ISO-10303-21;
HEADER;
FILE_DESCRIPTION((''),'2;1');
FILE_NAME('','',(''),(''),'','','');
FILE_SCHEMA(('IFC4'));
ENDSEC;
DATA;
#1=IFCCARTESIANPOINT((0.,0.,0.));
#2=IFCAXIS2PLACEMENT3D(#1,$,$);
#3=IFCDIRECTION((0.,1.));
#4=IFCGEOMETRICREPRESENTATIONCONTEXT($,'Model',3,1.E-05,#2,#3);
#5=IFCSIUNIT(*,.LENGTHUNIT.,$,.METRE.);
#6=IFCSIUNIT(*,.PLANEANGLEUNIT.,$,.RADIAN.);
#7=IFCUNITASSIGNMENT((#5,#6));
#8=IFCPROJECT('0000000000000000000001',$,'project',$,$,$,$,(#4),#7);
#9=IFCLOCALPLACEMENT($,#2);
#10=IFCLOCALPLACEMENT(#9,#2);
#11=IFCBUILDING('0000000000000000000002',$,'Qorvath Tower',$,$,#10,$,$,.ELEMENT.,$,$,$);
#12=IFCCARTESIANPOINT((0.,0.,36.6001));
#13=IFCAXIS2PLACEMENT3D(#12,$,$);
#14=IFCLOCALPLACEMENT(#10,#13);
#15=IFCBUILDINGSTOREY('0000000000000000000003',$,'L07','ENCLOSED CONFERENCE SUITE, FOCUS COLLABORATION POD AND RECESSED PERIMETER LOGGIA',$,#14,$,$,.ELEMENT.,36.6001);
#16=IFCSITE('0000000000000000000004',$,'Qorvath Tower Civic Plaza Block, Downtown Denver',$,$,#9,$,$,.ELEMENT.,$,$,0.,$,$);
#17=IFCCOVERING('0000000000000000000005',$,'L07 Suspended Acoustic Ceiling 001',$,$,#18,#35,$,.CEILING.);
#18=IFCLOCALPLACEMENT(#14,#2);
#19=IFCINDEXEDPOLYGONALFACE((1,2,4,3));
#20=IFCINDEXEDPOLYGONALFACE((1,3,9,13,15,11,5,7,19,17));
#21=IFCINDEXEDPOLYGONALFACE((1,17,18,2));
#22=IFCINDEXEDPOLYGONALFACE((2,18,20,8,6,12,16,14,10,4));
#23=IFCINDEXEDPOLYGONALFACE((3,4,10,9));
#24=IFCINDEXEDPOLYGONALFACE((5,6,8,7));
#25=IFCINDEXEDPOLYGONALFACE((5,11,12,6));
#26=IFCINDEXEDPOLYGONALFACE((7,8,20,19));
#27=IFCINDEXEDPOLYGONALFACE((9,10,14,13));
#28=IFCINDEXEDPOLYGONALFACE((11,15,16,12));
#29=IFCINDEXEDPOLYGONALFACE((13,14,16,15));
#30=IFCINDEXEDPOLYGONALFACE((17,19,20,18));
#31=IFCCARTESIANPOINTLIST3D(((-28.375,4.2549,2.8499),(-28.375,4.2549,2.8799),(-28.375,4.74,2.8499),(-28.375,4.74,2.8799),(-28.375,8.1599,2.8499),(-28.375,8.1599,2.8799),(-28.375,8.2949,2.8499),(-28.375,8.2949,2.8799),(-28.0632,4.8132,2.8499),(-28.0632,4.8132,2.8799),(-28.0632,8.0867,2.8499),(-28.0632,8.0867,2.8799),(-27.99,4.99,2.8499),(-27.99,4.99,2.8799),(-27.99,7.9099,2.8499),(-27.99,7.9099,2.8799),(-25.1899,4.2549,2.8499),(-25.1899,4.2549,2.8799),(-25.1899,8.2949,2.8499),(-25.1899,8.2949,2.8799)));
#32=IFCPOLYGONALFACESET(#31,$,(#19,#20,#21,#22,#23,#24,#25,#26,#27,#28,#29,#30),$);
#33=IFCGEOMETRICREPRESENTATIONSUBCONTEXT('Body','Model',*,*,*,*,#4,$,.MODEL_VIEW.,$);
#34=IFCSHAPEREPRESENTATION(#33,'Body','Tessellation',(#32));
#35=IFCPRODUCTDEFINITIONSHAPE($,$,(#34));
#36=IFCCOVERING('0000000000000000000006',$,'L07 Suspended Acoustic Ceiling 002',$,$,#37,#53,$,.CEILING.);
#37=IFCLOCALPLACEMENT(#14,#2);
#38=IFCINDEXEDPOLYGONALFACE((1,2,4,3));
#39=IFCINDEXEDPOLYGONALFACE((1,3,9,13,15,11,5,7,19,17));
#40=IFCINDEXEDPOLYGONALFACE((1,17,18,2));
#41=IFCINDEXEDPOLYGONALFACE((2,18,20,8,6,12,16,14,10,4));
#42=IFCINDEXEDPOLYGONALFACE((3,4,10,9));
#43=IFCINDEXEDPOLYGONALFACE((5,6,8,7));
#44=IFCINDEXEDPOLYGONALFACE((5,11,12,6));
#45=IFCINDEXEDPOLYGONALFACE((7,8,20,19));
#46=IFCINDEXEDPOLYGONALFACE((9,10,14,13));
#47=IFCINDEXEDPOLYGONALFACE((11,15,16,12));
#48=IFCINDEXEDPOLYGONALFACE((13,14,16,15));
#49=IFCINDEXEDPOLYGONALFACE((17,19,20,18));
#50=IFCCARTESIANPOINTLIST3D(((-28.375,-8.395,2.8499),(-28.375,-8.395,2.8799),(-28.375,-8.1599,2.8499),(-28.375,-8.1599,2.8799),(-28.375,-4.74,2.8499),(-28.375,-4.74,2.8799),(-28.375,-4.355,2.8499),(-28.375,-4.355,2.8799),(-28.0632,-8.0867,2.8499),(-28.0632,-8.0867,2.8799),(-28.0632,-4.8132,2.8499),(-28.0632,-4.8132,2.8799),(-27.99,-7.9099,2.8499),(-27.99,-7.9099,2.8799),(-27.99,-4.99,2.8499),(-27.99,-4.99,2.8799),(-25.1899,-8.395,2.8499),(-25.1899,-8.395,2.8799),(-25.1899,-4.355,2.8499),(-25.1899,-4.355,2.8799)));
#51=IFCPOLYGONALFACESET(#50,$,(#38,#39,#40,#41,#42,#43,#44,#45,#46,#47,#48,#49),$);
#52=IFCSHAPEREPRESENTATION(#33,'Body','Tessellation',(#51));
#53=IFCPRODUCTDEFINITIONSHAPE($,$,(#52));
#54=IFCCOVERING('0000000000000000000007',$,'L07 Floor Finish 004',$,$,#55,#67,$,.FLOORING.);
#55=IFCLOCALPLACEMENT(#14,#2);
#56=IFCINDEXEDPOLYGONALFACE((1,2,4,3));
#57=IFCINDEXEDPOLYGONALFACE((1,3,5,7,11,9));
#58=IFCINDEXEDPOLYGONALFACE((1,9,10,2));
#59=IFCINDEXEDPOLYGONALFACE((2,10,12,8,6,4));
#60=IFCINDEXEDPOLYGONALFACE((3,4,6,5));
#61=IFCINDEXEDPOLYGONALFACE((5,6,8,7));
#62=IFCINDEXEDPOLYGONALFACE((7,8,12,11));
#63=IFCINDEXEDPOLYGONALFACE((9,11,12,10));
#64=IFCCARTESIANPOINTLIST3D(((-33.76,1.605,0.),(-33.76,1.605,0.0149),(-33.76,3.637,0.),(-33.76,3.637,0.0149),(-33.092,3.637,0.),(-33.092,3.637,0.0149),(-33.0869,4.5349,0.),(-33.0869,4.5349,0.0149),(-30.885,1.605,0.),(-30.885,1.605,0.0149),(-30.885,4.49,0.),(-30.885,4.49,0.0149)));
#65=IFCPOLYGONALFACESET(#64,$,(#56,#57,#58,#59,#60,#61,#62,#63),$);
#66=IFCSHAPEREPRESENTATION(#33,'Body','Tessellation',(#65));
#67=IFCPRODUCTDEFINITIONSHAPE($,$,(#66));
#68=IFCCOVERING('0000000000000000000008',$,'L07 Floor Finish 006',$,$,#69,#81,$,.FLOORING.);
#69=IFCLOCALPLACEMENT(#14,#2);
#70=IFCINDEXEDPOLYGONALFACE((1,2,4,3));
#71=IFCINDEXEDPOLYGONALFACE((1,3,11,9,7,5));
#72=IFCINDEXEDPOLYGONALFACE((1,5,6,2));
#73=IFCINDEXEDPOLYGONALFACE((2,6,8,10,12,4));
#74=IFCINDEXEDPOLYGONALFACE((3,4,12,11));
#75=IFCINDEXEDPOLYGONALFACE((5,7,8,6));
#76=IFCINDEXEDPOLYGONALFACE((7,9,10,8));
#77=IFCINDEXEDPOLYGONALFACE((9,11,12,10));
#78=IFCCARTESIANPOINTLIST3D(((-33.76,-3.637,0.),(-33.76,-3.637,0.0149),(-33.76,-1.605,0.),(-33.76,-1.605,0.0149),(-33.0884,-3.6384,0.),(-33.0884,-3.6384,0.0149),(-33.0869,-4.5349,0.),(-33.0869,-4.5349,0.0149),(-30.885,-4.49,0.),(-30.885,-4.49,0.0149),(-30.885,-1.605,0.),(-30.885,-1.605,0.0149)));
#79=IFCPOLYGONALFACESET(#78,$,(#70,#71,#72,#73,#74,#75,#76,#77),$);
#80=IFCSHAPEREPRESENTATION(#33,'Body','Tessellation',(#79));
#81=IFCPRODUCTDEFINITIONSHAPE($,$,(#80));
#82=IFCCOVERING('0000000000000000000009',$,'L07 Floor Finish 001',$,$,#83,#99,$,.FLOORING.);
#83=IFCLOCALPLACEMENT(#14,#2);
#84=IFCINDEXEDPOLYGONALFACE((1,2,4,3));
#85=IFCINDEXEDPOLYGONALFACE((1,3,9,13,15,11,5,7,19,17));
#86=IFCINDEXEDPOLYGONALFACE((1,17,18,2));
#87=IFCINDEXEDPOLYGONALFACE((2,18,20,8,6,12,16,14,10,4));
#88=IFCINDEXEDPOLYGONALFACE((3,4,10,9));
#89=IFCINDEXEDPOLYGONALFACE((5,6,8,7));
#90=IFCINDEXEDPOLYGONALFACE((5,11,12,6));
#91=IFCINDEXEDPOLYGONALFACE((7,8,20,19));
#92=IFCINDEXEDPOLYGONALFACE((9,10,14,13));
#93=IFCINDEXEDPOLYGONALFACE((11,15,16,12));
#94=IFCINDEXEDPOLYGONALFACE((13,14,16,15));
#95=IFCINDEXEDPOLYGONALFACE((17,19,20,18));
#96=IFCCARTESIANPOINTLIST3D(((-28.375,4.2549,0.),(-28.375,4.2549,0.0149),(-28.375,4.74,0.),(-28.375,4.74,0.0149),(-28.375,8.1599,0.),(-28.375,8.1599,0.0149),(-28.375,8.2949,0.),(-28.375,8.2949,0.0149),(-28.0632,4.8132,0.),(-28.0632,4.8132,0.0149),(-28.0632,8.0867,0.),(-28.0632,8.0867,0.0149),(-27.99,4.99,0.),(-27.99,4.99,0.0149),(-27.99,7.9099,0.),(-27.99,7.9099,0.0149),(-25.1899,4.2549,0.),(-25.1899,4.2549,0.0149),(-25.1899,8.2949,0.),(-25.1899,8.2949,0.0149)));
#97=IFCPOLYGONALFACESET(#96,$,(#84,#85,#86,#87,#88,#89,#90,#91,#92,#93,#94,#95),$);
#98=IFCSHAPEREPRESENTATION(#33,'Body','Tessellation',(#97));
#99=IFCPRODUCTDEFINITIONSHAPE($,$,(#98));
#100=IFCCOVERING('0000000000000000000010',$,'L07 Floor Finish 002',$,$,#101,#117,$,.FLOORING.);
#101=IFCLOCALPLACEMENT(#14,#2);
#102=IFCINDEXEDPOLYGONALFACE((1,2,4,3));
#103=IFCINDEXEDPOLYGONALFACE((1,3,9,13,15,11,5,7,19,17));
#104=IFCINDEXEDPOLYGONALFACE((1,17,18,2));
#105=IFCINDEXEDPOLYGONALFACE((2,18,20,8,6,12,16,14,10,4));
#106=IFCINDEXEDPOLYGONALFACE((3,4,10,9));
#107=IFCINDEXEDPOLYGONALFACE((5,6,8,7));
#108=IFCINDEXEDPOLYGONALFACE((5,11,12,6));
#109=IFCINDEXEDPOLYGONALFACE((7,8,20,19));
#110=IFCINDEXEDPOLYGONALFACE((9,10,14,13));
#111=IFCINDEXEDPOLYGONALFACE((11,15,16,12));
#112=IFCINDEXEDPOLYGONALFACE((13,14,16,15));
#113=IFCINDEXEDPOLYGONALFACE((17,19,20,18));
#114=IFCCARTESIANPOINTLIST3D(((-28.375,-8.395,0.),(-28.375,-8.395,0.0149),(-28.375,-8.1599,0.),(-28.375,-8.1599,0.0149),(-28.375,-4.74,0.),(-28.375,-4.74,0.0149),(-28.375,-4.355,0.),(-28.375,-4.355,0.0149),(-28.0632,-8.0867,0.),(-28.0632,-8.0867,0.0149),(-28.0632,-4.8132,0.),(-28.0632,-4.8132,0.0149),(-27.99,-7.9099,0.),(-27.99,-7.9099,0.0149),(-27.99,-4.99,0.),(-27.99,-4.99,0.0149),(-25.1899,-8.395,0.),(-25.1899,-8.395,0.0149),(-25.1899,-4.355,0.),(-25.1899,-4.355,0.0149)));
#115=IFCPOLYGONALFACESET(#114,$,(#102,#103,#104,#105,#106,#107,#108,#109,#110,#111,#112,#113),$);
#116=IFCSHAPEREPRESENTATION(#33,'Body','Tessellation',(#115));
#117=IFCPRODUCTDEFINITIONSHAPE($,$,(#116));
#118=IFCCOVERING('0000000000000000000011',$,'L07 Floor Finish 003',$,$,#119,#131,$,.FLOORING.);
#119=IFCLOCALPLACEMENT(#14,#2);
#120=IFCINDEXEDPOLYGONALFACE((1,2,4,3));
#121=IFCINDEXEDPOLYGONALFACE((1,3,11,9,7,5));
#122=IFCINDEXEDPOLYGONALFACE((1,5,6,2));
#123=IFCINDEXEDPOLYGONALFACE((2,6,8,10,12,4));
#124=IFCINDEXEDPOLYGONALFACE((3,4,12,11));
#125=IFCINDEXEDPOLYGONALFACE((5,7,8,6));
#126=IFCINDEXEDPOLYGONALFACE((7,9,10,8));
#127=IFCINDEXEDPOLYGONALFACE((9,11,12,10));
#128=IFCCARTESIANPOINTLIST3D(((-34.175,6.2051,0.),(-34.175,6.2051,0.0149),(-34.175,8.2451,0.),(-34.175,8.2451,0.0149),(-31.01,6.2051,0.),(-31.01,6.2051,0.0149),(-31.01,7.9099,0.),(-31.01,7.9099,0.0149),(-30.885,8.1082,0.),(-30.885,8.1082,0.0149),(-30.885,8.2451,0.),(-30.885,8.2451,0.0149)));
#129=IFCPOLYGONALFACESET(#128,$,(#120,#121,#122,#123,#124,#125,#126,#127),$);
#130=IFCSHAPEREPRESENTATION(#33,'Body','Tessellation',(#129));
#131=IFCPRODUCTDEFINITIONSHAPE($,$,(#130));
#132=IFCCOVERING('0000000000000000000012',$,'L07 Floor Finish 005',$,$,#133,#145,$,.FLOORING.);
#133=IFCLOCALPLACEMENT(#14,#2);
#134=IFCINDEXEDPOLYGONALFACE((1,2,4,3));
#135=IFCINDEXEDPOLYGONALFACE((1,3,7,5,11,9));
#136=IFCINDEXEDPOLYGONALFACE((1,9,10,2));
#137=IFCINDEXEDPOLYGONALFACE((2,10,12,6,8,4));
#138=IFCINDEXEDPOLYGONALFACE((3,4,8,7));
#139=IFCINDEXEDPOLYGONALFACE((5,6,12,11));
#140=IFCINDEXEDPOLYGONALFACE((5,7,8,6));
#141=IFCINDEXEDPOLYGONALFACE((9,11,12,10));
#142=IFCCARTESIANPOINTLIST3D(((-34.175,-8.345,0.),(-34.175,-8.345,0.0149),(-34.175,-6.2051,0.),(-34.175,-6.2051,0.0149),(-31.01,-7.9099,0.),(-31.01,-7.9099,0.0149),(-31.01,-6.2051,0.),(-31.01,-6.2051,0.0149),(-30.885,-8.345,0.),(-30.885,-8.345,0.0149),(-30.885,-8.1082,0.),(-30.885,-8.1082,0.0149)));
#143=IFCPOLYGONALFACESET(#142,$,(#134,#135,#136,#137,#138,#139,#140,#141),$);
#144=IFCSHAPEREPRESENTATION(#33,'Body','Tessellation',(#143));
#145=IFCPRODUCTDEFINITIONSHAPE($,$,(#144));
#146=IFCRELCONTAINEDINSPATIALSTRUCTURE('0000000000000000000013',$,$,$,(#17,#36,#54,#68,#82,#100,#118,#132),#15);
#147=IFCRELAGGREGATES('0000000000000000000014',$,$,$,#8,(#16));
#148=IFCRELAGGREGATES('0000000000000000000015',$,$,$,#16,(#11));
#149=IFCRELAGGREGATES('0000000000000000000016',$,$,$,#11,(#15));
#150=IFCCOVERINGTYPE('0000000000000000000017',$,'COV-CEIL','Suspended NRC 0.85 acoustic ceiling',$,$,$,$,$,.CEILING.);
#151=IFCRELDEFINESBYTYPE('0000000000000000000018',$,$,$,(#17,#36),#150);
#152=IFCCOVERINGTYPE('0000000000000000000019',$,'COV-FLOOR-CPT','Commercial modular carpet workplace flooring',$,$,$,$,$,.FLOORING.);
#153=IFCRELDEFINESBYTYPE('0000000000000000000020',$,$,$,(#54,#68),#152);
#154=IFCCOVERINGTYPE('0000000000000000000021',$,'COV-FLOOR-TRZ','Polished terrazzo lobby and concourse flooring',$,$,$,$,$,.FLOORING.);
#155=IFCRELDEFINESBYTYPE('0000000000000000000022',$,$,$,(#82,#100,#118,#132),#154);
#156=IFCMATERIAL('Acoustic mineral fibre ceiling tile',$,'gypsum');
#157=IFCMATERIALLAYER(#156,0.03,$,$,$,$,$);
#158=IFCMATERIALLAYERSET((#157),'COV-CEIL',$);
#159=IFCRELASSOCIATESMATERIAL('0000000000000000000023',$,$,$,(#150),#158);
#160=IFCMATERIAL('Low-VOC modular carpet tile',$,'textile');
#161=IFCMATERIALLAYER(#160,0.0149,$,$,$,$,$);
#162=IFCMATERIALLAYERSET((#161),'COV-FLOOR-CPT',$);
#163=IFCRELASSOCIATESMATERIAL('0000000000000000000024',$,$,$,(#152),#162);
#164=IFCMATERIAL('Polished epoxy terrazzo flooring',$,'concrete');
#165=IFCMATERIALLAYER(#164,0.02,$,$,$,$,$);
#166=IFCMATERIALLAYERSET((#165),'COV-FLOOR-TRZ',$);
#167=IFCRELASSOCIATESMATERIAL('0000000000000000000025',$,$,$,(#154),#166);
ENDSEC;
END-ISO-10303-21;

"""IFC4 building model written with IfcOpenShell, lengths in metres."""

from ifc_helpers import new_model, si_unit, direction, frame, origin, place, context, subcontext, project, spatial, polyline, outline, extrude, material, layer, layer_set, type_object, element, save


model = new_model("IFC4")

# Units and contexts
model_context = context("Model", 3, precision=1e-05, world=origin(), true_north=direction((0.0, 1.0)))
body_context = subcontext(model_context, "Body", "Model", "MODEL_VIEW")
ifc_project = project(units=[si_unit("LENGTHUNIT", "METRE"), si_unit("PLANEANGLEUNIT", "RADIAN")], contexts=[model_context])

# Site, building, storey
site_placement = place(None, origin())
site = spatial("IfcSite", under=ifc_project, at=site_placement, Name="Qorvath Tower Civic Plaza Block, Downtown Denver", CompositionType="ELEMENT", RefElevation=0.0)
building_placement = place(site_placement, origin())
building = spatial("IfcBuilding", under=site, at=building_placement, Name="Qorvath Tower", CompositionType="ELEMENT")
storey_placement = place(building_placement, frame((0.0, 0.0, 36.6001)))
storey = spatial("IfcBuildingStorey", under=building, at=storey_placement, Name="L07", Description="ENCLOSED CONFERENCE SUITE, FOCUS COLLABORATION POD AND RECESSED PERIMETER LOGGIA", CompositionType="ELEMENT", Elevation=36.6001)

# Coverings
ifc_material_1 = material(Name="Acoustic mineral fibre ceiling tile", Category="gypsum")
ifc_layer_1 = layer(ifc_material_1, 0.03)
ifc_layer_set_1 = layer_set([ifc_layer_1], Name="COV-CEIL")
covering_type_1 = type_object("IfcCoveringType", Name="COV-CEIL", Description="Suspended NRC 0.85 acoustic ceiling", PredefinedType="CEILING", material=ifc_layer_set_1)
covering_1_placement = place(storey_placement, frame((0.0, 0.0, 2.8499)))
element("IfcCovering", 1, at=covering_1_placement, inside=storey, type_object=covering_type_1, Name="L07 Suspended Acoustic Ceiling 001", PredefinedType="CEILING", context=body_context, shape_type="SweptSolid", body=[
    extrude(outline(polyline([(-25.1899, 4.2549), (-25.1899, 8.2949), (-28.375, 8.2949), (-28.375, 8.1599), (-28.0632, 8.0867), (-27.99, 7.9099), (-27.99, 4.99), (-28.0632, 4.8132), (-28.375, 4.74), (-28.375, 4.2549), (-25.1899, 4.2549)])), origin(), (0.0, 0.0, 1.0), 0.03),
])
covering_2_placement = place(storey_placement, frame((0.0, 0.0, 2.8499)))
element("IfcCovering", 2, at=covering_2_placement, inside=storey, type_object=covering_type_1, Name="L07 Suspended Acoustic Ceiling 002", PredefinedType="CEILING", context=body_context, shape_type="SweptSolid", body=[
    extrude(outline(polyline([(-25.1899, -8.395), (-25.1899, -4.355), (-28.375, -4.355), (-28.375, -4.74), (-28.0632, -4.8132), (-27.99, -4.99), (-27.99, -7.9099), (-28.0632, -8.0867), (-28.375, -8.1599), (-28.375, -8.395), (-25.1899, -8.395)])), origin(), (0.0, 0.0, 1.0), 0.03),
])
ifc_material_2 = material(Name="Low-VOC modular carpet tile", Category="textile")
ifc_layer_2 = layer(ifc_material_2, 0.0149)
ifc_layer_set_2 = layer_set([ifc_layer_2], Name="COV-FLOOR-CPT")
covering_type_2 = type_object("IfcCoveringType", Name="COV-FLOOR-CPT", Description="Commercial modular carpet workplace flooring", PredefinedType="FLOORING", material=ifc_layer_set_2)
covering_3_placement = place(storey_placement, origin())
element("IfcCovering", 3, at=covering_3_placement, inside=storey, type_object=covering_type_2, Name="L07 Floor Finish 004", PredefinedType="FLOORING", context=body_context, shape_type="SweptSolid", body=[
    extrude(outline(polyline([(-33.76, 3.637), (-33.76, 1.605), (-30.885, 1.605), (-30.885, 4.49), (-33.0869, 4.5349), (-33.092, 3.637), (-33.76, 3.637)])), origin(), (0.0, 0.0, 1.0), 0.0149),
])
covering_4_placement = place(storey_placement, origin())
element("IfcCovering", 4, at=covering_4_placement, inside=storey, type_object=covering_type_2, Name="L07 Floor Finish 006", PredefinedType="FLOORING", context=body_context, shape_type="SweptSolid", body=[
    extrude(outline(polyline([(-30.885, -1.605), (-33.76, -1.605), (-33.76, -3.637), (-33.0884, -3.6384), (-33.0869, -4.5349), (-30.885, -4.49), (-30.885, -1.605)])), origin(), (0.0, 0.0, 1.0), 0.0149),
])
ifc_material_3 = material(Name="Polished epoxy terrazzo flooring", Category="concrete")
ifc_layer_3 = layer(ifc_material_3, 0.02)
ifc_layer_set_3 = layer_set([ifc_layer_3], Name="COV-FLOOR-TRZ")
covering_type_3 = type_object("IfcCoveringType", Name="COV-FLOOR-TRZ", Description="Polished terrazzo lobby and concourse flooring", PredefinedType="FLOORING", material=ifc_layer_set_3)
covering_5_placement = place(storey_placement, origin())
element("IfcCovering", 5, at=covering_5_placement, inside=storey, type_object=covering_type_3, Name="L07 Floor Finish 001", PredefinedType="FLOORING", context=body_context, shape_type="SweptSolid", body=[
    extrude(outline(polyline([(-25.1899, 4.2549), (-25.1899, 8.2949), (-28.375, 8.2949), (-28.375, 8.1599), (-28.0632, 8.0867), (-27.99, 7.9099), (-27.99, 4.99), (-28.0632, 4.8132), (-28.375, 4.74), (-28.375, 4.2549), (-25.1899, 4.2549)])), origin(), (0.0, 0.0, 1.0), 0.0149),
])
covering_6_placement = place(storey_placement, origin())
element("IfcCovering", 6, at=covering_6_placement, inside=storey, type_object=covering_type_3, Name="L07 Floor Finish 002", PredefinedType="FLOORING", context=body_context, shape_type="SweptSolid", body=[
    extrude(outline(polyline([(-25.1899, -8.395), (-25.1899, -4.355), (-28.375, -4.355), (-28.375, -4.74), (-28.0632, -4.8132), (-27.99, -4.99), (-27.99, -7.9099), (-28.0632, -8.0867), (-28.375, -8.1599), (-28.375, -8.395), (-25.1899, -8.395)])), origin(), (0.0, 0.0, 1.0), 0.0149),
])
covering_7_placement = place(storey_placement, origin())
element("IfcCovering", 7, at=covering_7_placement, inside=storey, type_object=covering_type_3, Name="L07 Floor Finish 003", PredefinedType="FLOORING", context=body_context, shape_type="SweptSolid", body=[
    extrude(outline(polyline([(-31.01, 6.2051), (-31.01, 7.9099), (-30.885, 8.1082), (-30.885, 8.2451), (-34.175, 8.2451), (-34.175, 6.2051), (-31.01, 6.2051)])), origin(), (0.0, 0.0, 1.0), 0.0149),
])
covering_8_placement = place(storey_placement, origin())
element("IfcCovering", 8, at=covering_8_placement, inside=storey, type_object=covering_type_3, Name="L07 Floor Finish 005", PredefinedType="FLOORING", context=body_context, shape_type="SweptSolid", body=[
    extrude(outline(polyline([(-30.885, -8.345), (-30.885, -8.1082), (-31.01, -7.9099), (-31.01, -6.2051), (-34.175, -6.2051), (-34.175, -8.345), (-30.885, -8.345)])), origin(), (0.0, 0.0, 1.0), 0.0149),
])

save(model, "model.ifc")
